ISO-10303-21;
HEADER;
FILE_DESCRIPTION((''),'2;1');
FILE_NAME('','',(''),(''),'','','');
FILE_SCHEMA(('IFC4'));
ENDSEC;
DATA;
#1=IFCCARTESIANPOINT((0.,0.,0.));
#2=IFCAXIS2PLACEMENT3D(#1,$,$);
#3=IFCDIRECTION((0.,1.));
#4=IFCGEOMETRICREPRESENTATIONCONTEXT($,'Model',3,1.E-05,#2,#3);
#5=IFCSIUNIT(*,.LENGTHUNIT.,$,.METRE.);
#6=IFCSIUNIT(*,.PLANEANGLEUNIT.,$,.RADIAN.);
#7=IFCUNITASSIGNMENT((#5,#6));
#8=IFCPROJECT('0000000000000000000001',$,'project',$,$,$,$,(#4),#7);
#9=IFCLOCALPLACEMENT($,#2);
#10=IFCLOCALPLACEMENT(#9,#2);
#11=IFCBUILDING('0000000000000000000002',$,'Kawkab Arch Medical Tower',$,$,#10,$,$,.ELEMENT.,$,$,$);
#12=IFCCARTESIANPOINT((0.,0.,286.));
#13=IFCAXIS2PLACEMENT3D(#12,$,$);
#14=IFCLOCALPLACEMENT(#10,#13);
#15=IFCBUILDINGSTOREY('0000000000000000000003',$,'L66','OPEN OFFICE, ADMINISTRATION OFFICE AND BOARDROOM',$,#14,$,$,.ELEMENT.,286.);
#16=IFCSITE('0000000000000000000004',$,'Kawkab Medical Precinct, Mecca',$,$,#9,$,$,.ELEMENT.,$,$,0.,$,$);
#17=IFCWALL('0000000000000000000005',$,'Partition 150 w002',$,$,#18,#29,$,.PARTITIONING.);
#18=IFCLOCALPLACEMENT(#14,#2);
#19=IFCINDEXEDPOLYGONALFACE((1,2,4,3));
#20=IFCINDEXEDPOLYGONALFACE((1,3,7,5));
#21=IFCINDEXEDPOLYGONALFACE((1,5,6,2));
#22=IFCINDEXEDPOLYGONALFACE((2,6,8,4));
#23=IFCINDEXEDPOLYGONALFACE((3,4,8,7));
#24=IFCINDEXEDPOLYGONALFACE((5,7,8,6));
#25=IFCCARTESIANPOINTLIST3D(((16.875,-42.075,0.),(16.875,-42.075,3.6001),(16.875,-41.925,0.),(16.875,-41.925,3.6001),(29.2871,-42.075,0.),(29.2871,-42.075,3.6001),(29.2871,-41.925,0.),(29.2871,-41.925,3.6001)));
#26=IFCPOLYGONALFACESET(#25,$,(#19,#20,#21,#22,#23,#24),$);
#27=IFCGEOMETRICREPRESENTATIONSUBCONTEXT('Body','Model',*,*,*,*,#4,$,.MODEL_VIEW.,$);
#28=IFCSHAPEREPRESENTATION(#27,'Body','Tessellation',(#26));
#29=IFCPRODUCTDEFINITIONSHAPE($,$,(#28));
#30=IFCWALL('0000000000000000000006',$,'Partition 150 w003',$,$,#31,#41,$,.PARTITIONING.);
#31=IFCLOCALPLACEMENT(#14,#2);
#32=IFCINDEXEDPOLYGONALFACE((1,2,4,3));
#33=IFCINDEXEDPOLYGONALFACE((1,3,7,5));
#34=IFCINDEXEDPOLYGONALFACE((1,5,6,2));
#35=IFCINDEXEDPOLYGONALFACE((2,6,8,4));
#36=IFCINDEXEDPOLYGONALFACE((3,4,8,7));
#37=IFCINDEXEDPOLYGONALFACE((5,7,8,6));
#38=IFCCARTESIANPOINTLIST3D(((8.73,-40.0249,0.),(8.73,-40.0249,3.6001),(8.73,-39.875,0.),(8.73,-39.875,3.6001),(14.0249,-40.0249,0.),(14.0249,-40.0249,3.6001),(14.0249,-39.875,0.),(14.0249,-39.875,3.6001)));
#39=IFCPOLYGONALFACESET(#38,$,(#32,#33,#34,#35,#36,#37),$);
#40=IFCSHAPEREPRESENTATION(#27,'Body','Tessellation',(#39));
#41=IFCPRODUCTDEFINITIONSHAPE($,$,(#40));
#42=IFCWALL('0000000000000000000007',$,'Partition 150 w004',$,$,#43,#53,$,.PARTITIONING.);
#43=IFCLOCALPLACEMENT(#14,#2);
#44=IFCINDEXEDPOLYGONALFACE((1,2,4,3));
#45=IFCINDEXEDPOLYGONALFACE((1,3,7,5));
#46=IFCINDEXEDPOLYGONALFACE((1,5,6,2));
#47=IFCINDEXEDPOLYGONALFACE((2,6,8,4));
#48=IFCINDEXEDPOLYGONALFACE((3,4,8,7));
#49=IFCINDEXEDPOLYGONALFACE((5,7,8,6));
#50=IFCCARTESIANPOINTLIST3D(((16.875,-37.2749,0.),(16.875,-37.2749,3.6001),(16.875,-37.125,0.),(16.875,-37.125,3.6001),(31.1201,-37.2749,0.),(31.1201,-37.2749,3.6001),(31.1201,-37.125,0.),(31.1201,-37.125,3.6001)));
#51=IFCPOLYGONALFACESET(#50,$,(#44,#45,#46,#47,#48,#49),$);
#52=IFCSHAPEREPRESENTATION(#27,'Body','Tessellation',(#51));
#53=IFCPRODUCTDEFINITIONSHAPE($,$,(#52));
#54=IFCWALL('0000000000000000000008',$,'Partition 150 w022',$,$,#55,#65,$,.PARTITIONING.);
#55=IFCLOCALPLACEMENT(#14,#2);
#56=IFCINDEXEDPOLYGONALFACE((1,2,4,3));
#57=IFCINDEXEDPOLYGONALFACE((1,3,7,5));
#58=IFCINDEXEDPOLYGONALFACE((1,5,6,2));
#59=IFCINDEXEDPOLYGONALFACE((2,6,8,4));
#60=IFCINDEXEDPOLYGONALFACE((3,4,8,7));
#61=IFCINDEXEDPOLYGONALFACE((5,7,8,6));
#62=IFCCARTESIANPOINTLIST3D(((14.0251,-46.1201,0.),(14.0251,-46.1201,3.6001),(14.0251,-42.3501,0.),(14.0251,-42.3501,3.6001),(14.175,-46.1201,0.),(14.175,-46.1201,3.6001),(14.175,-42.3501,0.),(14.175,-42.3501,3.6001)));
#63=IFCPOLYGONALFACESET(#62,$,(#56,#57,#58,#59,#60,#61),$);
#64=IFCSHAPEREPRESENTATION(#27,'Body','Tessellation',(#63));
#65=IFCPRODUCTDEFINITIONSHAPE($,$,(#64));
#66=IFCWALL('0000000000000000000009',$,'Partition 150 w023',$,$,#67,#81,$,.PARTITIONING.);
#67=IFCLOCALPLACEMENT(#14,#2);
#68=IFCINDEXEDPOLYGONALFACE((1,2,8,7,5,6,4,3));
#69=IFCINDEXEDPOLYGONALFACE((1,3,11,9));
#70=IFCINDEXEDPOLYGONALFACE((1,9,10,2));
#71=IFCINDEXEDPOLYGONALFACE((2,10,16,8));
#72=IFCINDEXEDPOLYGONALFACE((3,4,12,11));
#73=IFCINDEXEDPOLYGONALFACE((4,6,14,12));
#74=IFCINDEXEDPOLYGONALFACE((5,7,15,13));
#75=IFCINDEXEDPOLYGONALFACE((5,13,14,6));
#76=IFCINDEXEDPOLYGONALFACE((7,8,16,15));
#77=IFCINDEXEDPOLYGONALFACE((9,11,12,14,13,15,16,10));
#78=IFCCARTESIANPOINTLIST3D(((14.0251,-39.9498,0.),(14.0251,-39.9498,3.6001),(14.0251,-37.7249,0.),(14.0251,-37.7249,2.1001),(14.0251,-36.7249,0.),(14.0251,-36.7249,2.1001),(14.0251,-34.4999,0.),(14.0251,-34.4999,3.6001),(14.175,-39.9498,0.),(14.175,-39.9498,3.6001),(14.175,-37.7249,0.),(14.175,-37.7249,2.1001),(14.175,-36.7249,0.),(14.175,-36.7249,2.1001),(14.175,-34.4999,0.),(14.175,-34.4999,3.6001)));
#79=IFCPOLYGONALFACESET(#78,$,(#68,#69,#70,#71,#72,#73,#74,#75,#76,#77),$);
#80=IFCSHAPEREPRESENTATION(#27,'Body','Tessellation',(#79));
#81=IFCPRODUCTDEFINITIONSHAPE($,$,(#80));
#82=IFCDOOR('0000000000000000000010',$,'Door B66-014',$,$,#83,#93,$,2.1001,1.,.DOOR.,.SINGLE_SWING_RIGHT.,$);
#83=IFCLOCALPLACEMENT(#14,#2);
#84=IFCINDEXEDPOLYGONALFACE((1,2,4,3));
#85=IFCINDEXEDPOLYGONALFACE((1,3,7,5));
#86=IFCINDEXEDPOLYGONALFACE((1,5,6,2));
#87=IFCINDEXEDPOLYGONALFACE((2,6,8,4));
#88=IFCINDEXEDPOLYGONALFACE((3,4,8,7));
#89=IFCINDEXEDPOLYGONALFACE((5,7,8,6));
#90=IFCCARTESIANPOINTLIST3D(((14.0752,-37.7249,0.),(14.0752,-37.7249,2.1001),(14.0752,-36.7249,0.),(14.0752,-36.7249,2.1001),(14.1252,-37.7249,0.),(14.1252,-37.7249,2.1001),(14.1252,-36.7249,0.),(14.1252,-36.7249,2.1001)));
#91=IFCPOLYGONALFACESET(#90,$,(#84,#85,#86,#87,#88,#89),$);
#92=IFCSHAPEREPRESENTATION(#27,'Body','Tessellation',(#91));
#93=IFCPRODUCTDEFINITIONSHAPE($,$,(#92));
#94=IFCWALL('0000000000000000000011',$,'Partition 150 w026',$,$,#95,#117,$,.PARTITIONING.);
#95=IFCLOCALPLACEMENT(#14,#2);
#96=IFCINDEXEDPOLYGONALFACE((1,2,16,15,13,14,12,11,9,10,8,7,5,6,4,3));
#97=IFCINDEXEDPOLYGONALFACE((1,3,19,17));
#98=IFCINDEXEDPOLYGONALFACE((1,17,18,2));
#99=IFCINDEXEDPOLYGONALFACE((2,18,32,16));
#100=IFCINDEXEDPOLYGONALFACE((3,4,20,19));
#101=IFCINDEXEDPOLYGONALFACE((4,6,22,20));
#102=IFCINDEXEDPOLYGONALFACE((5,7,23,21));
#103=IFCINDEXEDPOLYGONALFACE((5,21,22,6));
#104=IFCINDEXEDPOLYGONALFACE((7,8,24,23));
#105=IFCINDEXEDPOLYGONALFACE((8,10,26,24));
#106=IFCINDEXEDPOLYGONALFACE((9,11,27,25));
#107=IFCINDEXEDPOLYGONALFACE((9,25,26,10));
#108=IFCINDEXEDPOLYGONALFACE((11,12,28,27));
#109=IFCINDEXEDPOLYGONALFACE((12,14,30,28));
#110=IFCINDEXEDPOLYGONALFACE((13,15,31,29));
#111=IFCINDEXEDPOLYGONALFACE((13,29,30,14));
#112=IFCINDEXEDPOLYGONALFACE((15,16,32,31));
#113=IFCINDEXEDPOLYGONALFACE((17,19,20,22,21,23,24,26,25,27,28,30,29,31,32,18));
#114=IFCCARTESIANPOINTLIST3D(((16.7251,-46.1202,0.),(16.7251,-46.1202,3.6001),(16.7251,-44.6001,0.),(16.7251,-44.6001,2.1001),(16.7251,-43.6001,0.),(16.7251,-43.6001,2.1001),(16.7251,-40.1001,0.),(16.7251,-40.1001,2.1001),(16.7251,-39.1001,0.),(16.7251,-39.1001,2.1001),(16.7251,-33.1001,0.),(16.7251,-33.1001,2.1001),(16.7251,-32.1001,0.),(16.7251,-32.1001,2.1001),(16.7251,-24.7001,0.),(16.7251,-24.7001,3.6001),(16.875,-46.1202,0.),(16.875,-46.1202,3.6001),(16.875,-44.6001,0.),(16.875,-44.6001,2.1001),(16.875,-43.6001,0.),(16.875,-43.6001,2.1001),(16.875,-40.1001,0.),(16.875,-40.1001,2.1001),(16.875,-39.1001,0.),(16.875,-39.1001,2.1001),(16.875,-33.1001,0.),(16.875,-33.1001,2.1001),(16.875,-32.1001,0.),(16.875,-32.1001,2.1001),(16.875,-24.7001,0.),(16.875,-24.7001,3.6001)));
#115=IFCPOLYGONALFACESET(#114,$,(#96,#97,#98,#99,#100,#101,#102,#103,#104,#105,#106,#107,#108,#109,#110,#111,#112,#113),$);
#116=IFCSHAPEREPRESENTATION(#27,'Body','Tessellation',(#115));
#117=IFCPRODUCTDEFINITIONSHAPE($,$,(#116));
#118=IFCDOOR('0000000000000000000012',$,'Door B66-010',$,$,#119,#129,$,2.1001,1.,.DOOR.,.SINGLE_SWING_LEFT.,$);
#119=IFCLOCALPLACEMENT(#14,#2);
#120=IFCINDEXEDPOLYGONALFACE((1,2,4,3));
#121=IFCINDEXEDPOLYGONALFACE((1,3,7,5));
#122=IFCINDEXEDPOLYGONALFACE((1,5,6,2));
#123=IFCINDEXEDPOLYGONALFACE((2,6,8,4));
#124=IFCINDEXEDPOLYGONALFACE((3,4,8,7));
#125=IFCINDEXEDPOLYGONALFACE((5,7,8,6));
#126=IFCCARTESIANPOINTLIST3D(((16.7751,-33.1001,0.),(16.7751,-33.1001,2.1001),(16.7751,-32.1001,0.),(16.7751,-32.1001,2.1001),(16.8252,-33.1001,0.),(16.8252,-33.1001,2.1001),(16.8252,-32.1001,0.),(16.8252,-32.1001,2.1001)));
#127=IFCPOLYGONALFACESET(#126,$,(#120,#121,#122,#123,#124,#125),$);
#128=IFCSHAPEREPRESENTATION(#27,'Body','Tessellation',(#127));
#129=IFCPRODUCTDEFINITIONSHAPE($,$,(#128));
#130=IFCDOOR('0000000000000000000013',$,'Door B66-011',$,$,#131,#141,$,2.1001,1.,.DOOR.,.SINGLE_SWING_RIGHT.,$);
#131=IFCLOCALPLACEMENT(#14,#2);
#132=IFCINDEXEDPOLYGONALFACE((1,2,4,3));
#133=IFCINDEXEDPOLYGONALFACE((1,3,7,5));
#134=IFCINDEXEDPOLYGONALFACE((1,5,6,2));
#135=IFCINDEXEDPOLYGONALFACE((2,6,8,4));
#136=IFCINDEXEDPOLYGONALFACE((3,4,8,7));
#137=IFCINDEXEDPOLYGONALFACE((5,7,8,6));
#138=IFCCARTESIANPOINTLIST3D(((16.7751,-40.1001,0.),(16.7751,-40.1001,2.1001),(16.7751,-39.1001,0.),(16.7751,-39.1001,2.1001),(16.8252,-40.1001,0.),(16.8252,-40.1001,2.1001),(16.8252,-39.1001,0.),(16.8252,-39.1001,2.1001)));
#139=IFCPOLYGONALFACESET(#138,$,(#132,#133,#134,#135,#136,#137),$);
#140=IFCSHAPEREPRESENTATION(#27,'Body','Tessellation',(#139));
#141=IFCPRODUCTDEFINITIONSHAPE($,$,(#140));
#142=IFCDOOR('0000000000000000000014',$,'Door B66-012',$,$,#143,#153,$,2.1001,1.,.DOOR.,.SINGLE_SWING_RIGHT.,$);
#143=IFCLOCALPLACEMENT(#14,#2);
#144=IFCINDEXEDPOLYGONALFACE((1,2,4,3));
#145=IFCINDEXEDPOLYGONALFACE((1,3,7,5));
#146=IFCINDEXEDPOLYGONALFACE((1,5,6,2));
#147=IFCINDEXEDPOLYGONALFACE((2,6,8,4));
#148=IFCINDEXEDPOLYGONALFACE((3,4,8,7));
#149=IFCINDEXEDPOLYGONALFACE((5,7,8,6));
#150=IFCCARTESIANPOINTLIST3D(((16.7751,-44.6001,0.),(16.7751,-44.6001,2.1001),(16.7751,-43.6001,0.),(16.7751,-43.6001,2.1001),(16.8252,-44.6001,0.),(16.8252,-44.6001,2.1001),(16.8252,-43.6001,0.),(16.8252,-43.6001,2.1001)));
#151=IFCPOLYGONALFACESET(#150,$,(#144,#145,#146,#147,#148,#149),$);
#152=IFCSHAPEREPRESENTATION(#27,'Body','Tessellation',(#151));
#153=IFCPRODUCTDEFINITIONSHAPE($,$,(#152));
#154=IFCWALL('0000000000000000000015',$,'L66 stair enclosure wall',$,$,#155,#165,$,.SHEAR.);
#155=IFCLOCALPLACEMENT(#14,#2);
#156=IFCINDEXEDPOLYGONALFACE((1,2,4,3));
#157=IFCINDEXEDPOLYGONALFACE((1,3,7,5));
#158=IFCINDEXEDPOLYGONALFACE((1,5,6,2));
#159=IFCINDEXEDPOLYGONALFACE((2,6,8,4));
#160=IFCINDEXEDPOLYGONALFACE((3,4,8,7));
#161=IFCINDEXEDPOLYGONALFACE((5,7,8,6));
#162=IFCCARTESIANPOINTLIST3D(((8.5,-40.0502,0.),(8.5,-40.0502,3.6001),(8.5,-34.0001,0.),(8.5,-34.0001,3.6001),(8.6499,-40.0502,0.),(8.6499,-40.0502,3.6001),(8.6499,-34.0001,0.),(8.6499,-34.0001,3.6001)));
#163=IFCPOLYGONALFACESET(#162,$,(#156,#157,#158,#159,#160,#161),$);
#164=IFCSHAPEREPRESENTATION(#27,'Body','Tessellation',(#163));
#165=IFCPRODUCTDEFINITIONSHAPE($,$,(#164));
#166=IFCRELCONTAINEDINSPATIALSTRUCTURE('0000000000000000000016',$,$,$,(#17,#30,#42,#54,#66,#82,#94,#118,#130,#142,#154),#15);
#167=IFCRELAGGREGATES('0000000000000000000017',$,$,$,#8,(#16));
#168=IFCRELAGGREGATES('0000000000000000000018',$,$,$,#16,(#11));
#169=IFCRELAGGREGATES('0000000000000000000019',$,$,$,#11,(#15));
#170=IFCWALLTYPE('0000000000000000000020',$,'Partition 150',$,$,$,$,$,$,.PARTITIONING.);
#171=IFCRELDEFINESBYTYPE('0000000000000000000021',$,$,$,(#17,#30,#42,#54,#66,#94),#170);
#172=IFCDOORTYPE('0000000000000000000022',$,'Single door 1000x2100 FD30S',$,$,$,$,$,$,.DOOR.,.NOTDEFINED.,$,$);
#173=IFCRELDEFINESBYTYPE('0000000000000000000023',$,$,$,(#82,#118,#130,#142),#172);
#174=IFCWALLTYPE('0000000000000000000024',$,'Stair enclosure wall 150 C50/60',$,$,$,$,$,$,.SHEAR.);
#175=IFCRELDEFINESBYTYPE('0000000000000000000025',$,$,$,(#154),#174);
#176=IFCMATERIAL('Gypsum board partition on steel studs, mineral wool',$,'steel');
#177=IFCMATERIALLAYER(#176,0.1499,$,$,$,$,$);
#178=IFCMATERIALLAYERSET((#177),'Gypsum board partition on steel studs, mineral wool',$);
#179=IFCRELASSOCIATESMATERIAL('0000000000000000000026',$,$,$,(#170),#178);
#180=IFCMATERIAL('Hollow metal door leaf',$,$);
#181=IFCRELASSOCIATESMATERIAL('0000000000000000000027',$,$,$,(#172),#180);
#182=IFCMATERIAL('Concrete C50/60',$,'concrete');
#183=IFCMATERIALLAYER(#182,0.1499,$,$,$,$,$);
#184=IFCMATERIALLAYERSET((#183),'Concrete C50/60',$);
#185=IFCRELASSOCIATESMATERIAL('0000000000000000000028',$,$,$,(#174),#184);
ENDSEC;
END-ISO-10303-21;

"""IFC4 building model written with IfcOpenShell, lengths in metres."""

from ifc_helpers import new_model, si_unit, direction, frame, frame_2d, origin, place, context, subcontext, project, spatial, rectangle, extrude, material, layer, layer_set, type_object, element, fill, save


model = new_model("IFC4")

# Units and contexts
model_context = context("Model", 3, precision=1e-05, world=origin(), true_north=direction((0.0, 1.0)))
body_context = subcontext(model_context, "Body", "Model", "MODEL_VIEW")
ifc_project = project(units=[si_unit("LENGTHUNIT", "METRE"), si_unit("PLANEANGLEUNIT", "RADIAN")], contexts=[model_context])

# Site, building, storey
site_placement = place(None, origin())
site = spatial("IfcSite", under=ifc_project, at=site_placement, Name="Kawkab Medical Precinct, Mecca", CompositionType="ELEMENT", RefElevation=0.0)
building_placement = place(site_placement, origin())
building = spatial("IfcBuilding", under=site, at=building_placement, Name="Kawkab Arch Medical Tower", CompositionType="ELEMENT")
storey_placement = place(building_placement, frame((0.0, 0.0, 286.0)))
storey = spatial("IfcBuildingStorey", under=building, at=storey_placement, Name="L66", Description="OPEN OFFICE, ADMINISTRATION OFFICE AND BOARDROOM", CompositionType="ELEMENT", Elevation=286.0)

# Walls
ifc_material_1 = material(Name="Gypsum board partition on steel studs, mineral wool", Category="steel")
ifc_layer_1 = layer(ifc_material_1, 0.1499)
ifc_layer_set_1 = layer_set([ifc_layer_1], Name="Gypsum board partition on steel studs, mineral wool")
wall_type_1 = type_object("IfcWallType", Name="Partition 150", PredefinedType="PARTITIONING", material=ifc_layer_set_1)
wall_1_placement = place(storey_placement, frame((16.875, -42.0, 0.0), z_axis=(0.0, 0.0, 1.0), x_axis=(1.0, 0.0, 0.0)))
element("IfcWall", 1, at=wall_1_placement, inside=storey, type_object=wall_type_1, Name="Partition 150 w002", PredefinedType="PARTITIONING", context=body_context, shape_type="SweptSolid", body=[
    extrude(rectangle(XDim=12.4121, YDim=0.1499, at=frame_2d((6.2061, 0.0))), origin(), (0.0, 0.0, 1.0), 3.6001),
])
wall_2_placement = place(storey_placement, frame((8.73, -39.95, 0.0), z_axis=(0.0, 0.0, 1.0), x_axis=(1.0, 0.0, 0.0)))
element("IfcWall", 2, at=wall_2_placement, inside=storey, type_object=wall_type_1, Name="Partition 150 w003", PredefinedType="PARTITIONING", context=body_context, shape_type="SweptSolid", body=[
    extrude(rectangle(XDim=5.2949, YDim=0.1499, at=frame_2d((2.6475, 0.0))), origin(), (0.0, 0.0, 1.0), 3.6001),
])
wall_3_placement = place(storey_placement, frame((16.875, -37.2, 0.0), z_axis=(0.0, 0.0, 1.0), x_axis=(1.0, 0.0, 0.0)))
element("IfcWall", 3, at=wall_3_placement, inside=storey, type_object=wall_type_1, Name="Partition 150 w004", PredefinedType="PARTITIONING", context=body_context, shape_type="SweptSolid", body=[
    extrude(rectangle(XDim=14.2451, YDim=0.1499, at=frame_2d((7.1226, 0.0))), origin(), (0.0, 0.0, 1.0), 3.6001),
])
wall_4_placement = place(storey_placement, frame((14.1001, -46.1201, 0.0), z_axis=(0.0, 0.0, 1.0), x_axis=(0.0, 1.0, 0.0)))
element("IfcWall", 4, at=wall_4_placement, inside=storey, type_object=wall_type_1, Name="Partition 150 w022", PredefinedType="PARTITIONING", context=body_context, shape_type="SweptSolid", body=[
    extrude(rectangle(XDim=3.77, YDim=0.1499, at=frame_2d((1.885, 0.0))), origin(), (0.0, 0.0, 1.0), 3.6001),
])

# Wall, opening, door
wall_5_placement = place(storey_placement, frame((14.1001, -39.95, 0.0), z_axis=(0.0, 0.0, 1.0), x_axis=(0.0, 1.0, 0.0)))
wall_5 = element("IfcWall", 5, at=wall_5_placement, inside=storey, type_object=wall_type_1, Name="Partition 150 w023", PredefinedType="PARTITIONING", context=body_context, shape_type="SweptSolid", body=[
    extrude(rectangle(XDim=5.45, YDim=0.1499, at=frame_2d((2.7251, 0.0))), origin(), (0.0, 0.0, 1.0), 3.6001),
])
opening_1_placement = place(wall_5_placement, frame((2.2251, 0.0, 0.0)))
opening_1 = element("IfcOpeningElement", 6, at=opening_1_placement, cuts=wall_5, PredefinedType="OPENING", context=body_context, shape_type="SweptSolid", body=[
    extrude(rectangle(XDim=1.0, YDim=2.1001, at=frame_2d((0.5, 1.05))), frame((0.0, 0.085, 0.0), z_axis=(0.0, -1.0, 0.0), x_axis=(1.0, 0.0, 0.0)), (0.0, 0.0, 1.0), 0.1699),
])
ifc_material_2 = material(Name="Hollow metal door leaf")
door_type_1 = type_object("IfcDoorType", Name="Single door 1000x2100 FD30S", OperationType="NOTDEFINED", PredefinedType="DOOR", material=ifc_material_2)
door_1_placement = place(opening_1_placement, origin())
door_1 = element("IfcDoor", 7, at=door_1_placement, inside=storey, type_object=door_type_1, Name="Door B66-014", OperationType="SINGLE_SWING_RIGHT", OverallHeight=2.1001, OverallWidth=1.0, PredefinedType="DOOR", context=body_context, shape_type="SweptSolid", body=[
    extrude(rectangle(XDim=1.0, YDim=2.1001, at=frame_2d((0.5, 1.05))), frame((0.0, 0.0249, 0.0), z_axis=(0.0, -1.0, 0.0), x_axis=(1.0, 0.0, 0.0)), (0.0, 0.0, 1.0), 0.05),
])
fill(opening_1, door_1)

# Wall, openings, doors
wall_6_placement = place(storey_placement, frame((16.8, -46.1201, 0.0), z_axis=(0.0, 0.0, 1.0), x_axis=(0.0, 1.0, 0.0)))
wall_6 = element("IfcWall", 8, at=wall_6_placement, inside=storey, type_object=wall_type_1, Name="Partition 150 w026", PredefinedType="PARTITIONING", context=body_context, shape_type="SweptSolid", body=[
    extrude(rectangle(XDim=21.4202, YDim=0.1499, at=frame_2d((10.71, 0.0))), origin(), (0.0, 0.0, 1.0), 3.6001),
])
opening_2_placement = place(wall_6_placement, frame((13.02, 0.0, 0.0)))
opening_2 = element("IfcOpeningElement", 9, at=opening_2_placement, cuts=wall_6, PredefinedType="OPENING", context=body_context, shape_type="SweptSolid", body=[
    extrude(rectangle(XDim=1.0, YDim=2.1001, at=frame_2d((0.5, 1.05))), frame((0.0, 0.085, 0.0), z_axis=(0.0, -1.0, 0.0), x_axis=(1.0, 0.0, 0.0)), (0.0, 0.0, 1.0), 0.1699),
])
opening_3_placement = place(wall_6_placement, frame((6.02, 0.0, 0.0)))
opening_3 = element("IfcOpeningElement", 10, at=opening_3_placement, cuts=wall_6, PredefinedType="OPENING", context=body_context, shape_type="SweptSolid", body=[
    extrude(rectangle(XDim=1.0, YDim=2.1001, at=frame_2d((0.5, 1.05))), frame((0.0, 0.085, 0.0), z_axis=(0.0, -1.0, 0.0), x_axis=(1.0, 0.0, 0.0)), (0.0, 0.0, 1.0), 0.1699),
])
opening_4_placement = place(wall_6_placement, frame((1.52, 0.0, 0.0)))
opening_4 = element("IfcOpeningElement", 11, at=opening_4_placement, cuts=wall_6, PredefinedType="OPENING", context=body_context, shape_type="SweptSolid", body=[
    extrude(rectangle(XDim=1.0, YDim=2.1001, at=frame_2d((0.5, 1.05))), frame((0.0, 0.085, 0.0), z_axis=(0.0, -1.0, 0.0), x_axis=(1.0, 0.0, 0.0)), (0.0, 0.0, 1.0), 0.1699),
])
door_2_placement = place(opening_2_placement, origin())
door_2 = element("IfcDoor", 12, at=door_2_placement, inside=storey, type_object=door_type_1, Name="Door B66-010", OperationType="SINGLE_SWING_LEFT", OverallHeight=2.1001, OverallWidth=1.0, PredefinedType="DOOR", context=body_context, shape_type="SweptSolid", body=[
    extrude(rectangle(XDim=1.0, YDim=2.1001, at=frame_2d((0.5, 1.05))), frame((0.0, 0.0249, 0.0), z_axis=(0.0, -1.0, 0.0), x_axis=(1.0, 0.0, 0.0)), (0.0, 0.0, 1.0), 0.05),
])
fill(opening_2, door_2)
door_3_placement = place(opening_3_placement, origin())
door_3 = element("IfcDoor", 13, at=door_3_placement, inside=storey, type_object=door_type_1, Name="Door B66-011", OperationType="SINGLE_SWING_RIGHT", OverallHeight=2.1001, OverallWidth=1.0, PredefinedType="DOOR", context=body_context, shape_type="SweptSolid", body=[
    extrude(rectangle(XDim=1.0, YDim=2.1001, at=frame_2d((0.5, 1.05))), frame((0.0, 0.0249, 0.0), z_axis=(0.0, -1.0, 0.0), x_axis=(1.0, 0.0, 0.0)), (0.0, 0.0, 1.0), 0.05),
])
fill(opening_3, door_3)
door_4_placement = place(opening_4_placement, origin())
door_4 = element("IfcDoor", 14, at=door_4_placement, inside=storey, type_object=door_type_1, Name="Door B66-012", OperationType="SINGLE_SWING_RIGHT", OverallHeight=2.1001, OverallWidth=1.0, PredefinedType="DOOR", context=body_context, shape_type="SweptSolid", body=[
    extrude(rectangle(XDim=1.0, YDim=2.1001, at=frame_2d((0.5, 1.05))), frame((0.0, 0.0249, 0.0), z_axis=(0.0, -1.0, 0.0), x_axis=(1.0, 0.0, 0.0)), (0.0, 0.0, 1.0), 0.05),
])
fill(opening_4, door_4)

# Wall
ifc_material_3 = material(Name="Concrete C50/60", Category="concrete")
ifc_layer_2 = layer(ifc_material_3, 0.1499)
ifc_layer_set_2 = layer_set([ifc_layer_2], Name="Concrete C50/60")
wall_type_2 = type_object("IfcWallType", Name="Stair enclosure wall 150 C50/60", PredefinedType="SHEAR", material=ifc_layer_set_2)
wall_7_placement = place(storey_placement, frame((8.575, -40.05, 0.0), z_axis=(0.0, 0.0, 1.0), x_axis=(0.0, 1.0, 0.0)))
element("IfcWall", 15, at=wall_7_placement, inside=storey, type_object=wall_type_2, Name="L66 stair enclosure wall", PredefinedType="SHEAR", context=body_context, shape_type="SweptSolid", body=[
    extrude(rectangle(XDim=6.05, YDim=0.1499, at=frame_2d((3.0249, 0.0))), origin(), (0.0, 0.0, 1.0), 3.6001),
])

save(model, "model.ifc")
